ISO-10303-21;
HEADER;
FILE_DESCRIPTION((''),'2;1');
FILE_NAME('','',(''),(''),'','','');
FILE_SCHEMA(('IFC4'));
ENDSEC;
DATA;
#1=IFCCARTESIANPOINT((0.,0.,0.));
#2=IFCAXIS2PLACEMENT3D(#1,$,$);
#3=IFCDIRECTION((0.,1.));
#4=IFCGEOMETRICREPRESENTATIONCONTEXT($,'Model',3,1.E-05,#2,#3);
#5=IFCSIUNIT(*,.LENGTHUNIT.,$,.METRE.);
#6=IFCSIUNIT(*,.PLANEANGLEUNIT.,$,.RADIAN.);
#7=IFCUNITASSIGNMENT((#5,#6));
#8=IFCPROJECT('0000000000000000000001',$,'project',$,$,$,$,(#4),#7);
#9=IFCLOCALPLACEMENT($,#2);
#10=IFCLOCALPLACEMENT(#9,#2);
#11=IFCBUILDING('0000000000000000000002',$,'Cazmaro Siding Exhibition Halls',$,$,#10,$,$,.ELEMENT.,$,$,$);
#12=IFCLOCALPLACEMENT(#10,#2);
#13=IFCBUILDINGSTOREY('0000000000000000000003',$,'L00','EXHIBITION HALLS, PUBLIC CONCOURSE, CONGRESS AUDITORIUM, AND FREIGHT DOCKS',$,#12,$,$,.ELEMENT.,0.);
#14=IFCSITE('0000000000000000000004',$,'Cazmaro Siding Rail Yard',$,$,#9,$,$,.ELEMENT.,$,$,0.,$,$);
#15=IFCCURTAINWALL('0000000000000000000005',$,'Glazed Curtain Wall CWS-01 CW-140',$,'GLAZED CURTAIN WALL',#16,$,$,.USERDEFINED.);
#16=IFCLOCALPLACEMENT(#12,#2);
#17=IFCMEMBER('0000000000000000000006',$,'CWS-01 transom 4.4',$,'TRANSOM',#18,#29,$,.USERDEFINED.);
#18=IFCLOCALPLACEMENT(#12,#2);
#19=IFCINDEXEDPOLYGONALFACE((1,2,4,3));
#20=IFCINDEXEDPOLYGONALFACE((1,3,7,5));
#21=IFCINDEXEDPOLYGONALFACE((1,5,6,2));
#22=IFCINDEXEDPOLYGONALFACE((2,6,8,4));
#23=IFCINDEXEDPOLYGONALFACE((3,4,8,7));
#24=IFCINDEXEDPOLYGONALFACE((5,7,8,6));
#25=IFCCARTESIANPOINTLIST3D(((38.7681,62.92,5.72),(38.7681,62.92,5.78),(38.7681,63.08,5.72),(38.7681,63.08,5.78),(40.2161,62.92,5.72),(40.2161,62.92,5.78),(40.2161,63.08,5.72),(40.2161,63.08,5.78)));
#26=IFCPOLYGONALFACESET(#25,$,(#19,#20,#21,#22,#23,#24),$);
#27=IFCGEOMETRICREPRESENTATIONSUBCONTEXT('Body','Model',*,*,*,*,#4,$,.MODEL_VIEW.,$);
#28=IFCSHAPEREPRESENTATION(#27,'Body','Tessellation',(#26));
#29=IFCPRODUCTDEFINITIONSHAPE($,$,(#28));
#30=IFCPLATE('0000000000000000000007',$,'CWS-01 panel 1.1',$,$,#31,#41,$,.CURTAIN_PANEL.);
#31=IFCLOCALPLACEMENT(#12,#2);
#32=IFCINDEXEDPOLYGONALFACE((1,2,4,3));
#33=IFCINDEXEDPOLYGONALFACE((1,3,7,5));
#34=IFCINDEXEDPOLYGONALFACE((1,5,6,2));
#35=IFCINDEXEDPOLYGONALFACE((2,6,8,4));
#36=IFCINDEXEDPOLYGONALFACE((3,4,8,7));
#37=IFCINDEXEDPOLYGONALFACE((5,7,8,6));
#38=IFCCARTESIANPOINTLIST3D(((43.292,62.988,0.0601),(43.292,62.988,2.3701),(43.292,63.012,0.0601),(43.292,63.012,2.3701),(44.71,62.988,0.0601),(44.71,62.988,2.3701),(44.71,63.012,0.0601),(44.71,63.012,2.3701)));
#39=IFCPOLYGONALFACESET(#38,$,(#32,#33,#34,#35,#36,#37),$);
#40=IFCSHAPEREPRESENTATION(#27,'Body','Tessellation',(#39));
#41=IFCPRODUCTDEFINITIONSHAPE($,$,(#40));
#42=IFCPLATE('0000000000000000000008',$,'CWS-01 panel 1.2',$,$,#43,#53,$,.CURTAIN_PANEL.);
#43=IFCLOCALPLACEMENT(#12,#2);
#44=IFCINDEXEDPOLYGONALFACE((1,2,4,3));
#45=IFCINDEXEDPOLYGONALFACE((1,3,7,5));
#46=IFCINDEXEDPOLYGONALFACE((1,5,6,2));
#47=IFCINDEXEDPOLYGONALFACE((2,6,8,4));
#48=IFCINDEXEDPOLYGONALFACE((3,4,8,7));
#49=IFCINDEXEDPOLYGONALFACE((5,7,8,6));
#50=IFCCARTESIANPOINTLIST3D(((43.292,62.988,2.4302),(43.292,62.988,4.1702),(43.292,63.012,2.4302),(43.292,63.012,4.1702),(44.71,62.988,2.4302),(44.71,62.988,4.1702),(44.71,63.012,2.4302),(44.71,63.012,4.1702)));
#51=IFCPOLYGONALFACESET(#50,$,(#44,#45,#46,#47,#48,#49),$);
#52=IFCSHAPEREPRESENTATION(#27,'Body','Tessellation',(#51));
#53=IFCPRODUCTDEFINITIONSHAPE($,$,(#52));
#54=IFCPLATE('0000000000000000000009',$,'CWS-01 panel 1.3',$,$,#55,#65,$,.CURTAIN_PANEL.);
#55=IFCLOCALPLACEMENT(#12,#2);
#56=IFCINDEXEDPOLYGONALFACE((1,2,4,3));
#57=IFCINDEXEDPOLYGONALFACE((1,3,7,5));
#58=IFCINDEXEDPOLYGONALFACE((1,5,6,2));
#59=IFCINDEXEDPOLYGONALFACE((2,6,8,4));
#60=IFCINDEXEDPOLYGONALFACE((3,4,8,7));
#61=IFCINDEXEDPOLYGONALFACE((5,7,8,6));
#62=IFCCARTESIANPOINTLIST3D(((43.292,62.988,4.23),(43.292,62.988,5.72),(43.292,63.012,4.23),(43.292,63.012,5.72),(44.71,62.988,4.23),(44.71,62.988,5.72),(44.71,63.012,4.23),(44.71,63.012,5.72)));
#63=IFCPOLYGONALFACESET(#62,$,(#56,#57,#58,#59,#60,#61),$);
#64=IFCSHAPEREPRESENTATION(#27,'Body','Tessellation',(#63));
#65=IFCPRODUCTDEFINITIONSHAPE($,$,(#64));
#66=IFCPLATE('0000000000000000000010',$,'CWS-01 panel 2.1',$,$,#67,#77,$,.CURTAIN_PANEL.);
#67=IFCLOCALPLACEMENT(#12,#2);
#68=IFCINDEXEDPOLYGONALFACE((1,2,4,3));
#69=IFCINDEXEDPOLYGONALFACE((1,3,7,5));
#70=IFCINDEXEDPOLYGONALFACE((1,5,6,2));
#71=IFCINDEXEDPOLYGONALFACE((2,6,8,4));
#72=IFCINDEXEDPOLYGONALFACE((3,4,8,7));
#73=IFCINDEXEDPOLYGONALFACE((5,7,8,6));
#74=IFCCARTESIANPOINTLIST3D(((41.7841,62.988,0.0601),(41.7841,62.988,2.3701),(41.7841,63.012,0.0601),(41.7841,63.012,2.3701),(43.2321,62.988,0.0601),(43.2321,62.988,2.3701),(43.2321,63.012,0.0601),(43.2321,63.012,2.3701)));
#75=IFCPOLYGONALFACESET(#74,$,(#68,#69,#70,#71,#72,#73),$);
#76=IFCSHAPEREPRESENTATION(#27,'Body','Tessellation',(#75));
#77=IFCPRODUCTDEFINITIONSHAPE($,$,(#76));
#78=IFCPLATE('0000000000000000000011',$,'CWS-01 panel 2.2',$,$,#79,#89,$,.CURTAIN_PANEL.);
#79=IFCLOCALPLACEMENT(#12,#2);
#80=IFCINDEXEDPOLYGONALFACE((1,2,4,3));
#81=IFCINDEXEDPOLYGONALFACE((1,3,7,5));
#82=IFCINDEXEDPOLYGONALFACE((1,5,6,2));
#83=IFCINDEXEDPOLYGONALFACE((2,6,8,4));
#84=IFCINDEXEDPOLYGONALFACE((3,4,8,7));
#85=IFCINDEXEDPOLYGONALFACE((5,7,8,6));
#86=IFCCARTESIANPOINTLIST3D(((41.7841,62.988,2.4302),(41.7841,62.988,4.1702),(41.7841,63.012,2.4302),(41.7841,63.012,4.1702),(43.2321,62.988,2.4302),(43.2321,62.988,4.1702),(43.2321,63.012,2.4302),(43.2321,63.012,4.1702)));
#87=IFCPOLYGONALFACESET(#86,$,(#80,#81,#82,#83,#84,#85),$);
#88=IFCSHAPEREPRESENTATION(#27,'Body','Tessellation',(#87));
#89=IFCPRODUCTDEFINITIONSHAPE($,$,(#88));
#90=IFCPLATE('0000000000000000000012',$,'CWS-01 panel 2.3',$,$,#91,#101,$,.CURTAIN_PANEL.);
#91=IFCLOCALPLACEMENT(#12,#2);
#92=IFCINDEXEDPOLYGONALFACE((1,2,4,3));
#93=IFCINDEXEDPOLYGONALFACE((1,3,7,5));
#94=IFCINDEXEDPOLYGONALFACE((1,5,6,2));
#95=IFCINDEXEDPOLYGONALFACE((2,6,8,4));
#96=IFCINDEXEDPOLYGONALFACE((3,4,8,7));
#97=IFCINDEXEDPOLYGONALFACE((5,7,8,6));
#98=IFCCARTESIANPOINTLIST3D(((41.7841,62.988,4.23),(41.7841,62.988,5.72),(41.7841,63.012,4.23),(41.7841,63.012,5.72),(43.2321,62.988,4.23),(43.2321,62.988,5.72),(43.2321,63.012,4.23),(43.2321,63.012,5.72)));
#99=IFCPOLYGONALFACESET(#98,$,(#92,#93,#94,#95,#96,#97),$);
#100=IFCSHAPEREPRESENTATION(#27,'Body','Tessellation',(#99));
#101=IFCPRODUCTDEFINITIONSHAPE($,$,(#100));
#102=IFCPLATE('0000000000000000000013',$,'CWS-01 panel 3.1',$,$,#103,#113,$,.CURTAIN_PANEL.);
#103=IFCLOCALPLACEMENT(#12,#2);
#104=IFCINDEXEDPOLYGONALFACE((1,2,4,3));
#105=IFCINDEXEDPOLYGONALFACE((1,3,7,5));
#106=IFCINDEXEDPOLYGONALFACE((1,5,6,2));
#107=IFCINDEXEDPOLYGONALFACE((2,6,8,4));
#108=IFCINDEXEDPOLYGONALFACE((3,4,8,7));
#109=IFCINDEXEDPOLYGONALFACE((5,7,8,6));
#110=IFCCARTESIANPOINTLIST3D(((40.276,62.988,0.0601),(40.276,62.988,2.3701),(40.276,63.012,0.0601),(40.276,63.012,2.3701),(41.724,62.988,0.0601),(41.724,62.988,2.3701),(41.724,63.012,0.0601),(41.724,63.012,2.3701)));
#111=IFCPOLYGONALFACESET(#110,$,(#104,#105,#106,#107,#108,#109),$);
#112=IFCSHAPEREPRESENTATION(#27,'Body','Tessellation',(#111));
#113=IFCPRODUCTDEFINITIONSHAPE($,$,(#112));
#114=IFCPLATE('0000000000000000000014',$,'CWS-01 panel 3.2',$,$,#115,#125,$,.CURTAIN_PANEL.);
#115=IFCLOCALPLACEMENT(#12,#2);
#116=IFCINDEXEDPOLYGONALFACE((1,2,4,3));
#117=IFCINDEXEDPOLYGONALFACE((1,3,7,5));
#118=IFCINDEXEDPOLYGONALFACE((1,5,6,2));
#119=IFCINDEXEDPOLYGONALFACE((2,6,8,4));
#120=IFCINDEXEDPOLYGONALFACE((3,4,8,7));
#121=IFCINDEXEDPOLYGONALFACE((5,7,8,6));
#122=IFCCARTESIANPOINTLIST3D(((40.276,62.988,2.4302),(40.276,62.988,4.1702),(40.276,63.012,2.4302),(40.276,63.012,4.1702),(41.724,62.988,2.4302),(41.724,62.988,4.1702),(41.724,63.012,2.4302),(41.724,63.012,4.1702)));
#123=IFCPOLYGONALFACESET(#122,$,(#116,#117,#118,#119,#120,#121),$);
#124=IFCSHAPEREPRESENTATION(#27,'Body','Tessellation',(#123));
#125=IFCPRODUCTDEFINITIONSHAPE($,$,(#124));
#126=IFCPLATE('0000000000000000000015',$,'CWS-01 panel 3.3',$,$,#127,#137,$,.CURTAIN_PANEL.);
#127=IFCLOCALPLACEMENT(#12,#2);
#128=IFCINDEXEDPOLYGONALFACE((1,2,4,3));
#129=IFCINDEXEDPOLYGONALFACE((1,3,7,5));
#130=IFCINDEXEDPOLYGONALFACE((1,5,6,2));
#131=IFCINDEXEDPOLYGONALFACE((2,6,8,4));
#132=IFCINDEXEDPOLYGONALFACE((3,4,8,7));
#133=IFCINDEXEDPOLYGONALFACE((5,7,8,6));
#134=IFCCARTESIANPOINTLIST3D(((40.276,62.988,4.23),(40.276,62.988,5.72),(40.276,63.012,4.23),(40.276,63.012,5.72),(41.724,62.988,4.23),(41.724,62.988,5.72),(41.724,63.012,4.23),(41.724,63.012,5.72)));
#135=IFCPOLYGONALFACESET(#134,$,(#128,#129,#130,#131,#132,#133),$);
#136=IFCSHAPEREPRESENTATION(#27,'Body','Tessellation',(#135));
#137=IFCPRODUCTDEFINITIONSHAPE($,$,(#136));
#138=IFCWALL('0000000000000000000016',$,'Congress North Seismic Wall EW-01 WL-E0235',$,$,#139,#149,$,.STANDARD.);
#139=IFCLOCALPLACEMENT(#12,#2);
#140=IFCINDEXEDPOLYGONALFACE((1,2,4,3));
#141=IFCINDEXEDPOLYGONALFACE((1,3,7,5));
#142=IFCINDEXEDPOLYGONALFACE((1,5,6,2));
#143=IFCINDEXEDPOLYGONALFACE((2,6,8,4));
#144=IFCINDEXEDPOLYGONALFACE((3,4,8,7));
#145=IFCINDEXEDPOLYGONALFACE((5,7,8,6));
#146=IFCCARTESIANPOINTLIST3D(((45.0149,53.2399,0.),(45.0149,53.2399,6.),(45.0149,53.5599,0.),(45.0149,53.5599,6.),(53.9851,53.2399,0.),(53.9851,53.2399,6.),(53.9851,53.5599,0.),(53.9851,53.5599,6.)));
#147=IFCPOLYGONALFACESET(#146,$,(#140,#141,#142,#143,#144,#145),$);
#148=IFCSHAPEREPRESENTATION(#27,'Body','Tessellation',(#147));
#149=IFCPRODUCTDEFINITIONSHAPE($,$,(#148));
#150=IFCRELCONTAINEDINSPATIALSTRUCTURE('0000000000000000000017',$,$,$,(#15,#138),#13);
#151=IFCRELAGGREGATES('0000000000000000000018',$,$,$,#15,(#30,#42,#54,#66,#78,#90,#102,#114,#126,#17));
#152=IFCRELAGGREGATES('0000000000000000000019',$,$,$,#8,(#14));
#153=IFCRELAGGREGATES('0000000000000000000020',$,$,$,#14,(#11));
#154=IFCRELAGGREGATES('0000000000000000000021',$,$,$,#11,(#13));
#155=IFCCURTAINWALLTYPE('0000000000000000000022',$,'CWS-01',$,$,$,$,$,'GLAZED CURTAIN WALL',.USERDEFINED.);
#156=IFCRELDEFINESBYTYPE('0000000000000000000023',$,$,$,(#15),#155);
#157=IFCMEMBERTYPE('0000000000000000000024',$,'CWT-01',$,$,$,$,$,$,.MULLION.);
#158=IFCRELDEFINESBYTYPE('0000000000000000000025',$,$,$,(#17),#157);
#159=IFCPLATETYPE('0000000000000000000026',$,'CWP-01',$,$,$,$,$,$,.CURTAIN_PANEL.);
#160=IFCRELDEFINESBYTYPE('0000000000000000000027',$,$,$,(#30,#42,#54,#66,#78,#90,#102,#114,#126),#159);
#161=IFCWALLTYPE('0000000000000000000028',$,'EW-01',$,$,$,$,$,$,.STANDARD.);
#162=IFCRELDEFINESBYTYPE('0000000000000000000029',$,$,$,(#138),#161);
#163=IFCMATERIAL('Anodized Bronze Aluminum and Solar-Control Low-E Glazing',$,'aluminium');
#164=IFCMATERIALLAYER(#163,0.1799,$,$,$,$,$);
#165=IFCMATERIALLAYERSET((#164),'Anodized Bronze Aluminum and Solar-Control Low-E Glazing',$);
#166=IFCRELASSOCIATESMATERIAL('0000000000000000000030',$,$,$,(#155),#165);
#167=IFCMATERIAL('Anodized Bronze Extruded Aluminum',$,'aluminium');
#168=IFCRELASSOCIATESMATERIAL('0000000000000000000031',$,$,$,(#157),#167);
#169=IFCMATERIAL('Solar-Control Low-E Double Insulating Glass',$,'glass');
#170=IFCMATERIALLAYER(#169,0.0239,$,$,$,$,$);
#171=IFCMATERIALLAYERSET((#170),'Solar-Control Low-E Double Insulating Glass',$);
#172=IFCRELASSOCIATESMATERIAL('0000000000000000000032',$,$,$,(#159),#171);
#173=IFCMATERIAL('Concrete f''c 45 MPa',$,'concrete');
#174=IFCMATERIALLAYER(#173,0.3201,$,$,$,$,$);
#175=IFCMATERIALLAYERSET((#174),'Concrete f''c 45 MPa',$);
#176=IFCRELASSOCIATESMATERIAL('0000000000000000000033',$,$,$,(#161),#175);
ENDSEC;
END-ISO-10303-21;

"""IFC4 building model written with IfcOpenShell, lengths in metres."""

from ifc_helpers import new_model, si_unit, direction, frame, frame_2d, origin, origin_2d, place, context, subcontext, project, spatial, rectangle, extrude, material, layer, layer_set, material_profile, profile_set, type_object, element, aggregate, save


model = new_model("IFC4")

# Units and contexts
model_context = context("Model", 3, precision=1e-05, world=origin(), true_north=direction((0.0, 1.0)))
body_context = subcontext(model_context, "Body", "Model", "MODEL_VIEW")
ifc_project = project(units=[si_unit("LENGTHUNIT", "METRE"), si_unit("PLANEANGLEUNIT", "RADIAN")], contexts=[model_context])

# Site, building, storey
site_placement = place(None, origin())
site = spatial("IfcSite", under=ifc_project, at=site_placement, Name="Cazmaro Siding Rail Yard", CompositionType="ELEMENT", RefElevation=0.0)
building_placement = place(site_placement, origin())
building = spatial("IfcBuilding", under=site, at=building_placement, Name="Cazmaro Siding Exhibition Halls", CompositionType="ELEMENT")
storey_placement = place(building_placement, origin())
storey = spatial("IfcBuildingStorey", under=building, at=storey_placement, Name="L00", Description="EXHIBITION HALLS, PUBLIC CONCOURSE, CONGRESS AUDITORIUM, AND FREIGHT DOCKS", CompositionType="ELEMENT", Elevation=0.0)

# Curtain wall, member, plates
ifc_material_1 = material(Name="Anodized Bronze Aluminum and Solar-Control Low-E Glazing", Category="aluminium")
ifc_layer_1 = layer(ifc_material_1, 0.1799)
ifc_layer_set_1 = layer_set([ifc_layer_1], Name="Anodized Bronze Aluminum and Solar-Control Low-E Glazing")
curtain_wall_type = type_object("IfcCurtainWallType", Name="CWS-01", ElementType="GLAZED CURTAIN WALL", PredefinedType="USERDEFINED", material=ifc_layer_set_1)
curtain_wall_placement = place(storey_placement, origin())
curtain_wall = element("IfcCurtainWall", 1, at=curtain_wall_placement, inside=storey, type_object=curtain_wall_type, Name="Glazed Curtain Wall CWS-01 CW-140", ObjectType="GLAZED CURTAIN WALL", PredefinedType="USERDEFINED")
ifc_material_2 = material(Name="Anodized Bronze Extruded Aluminum", Category="aluminium")
ifc_material_profile_1 = material_profile(ifc_material_2, rectangle(XDim=0.1599, YDim=0.0601, at=origin_2d()), Name="CWT-01")
ifc_profile_set_1 = profile_set([ifc_material_profile_1], Name="Anodized Bronze Extruded Aluminum")
member_type_1 = type_object("IfcMemberType", Name="CWT-01", PredefinedType="MULLION", material=ifc_profile_set_1)
member_1_placement = place(storey_placement, frame((40.2161, 63.0, 5.75), z_axis=(-1.0, 0.0, 0.0), x_axis=(0.0, -1.0, 0.0)))
member_1 = element("IfcMember", 2, at=member_1_placement, type_object=member_type_1, Name="CWS-01 transom 4.4", ObjectType="TRANSOM", PredefinedType="USERDEFINED", context=body_context, shape_type="SweptSolid", body=[
    extrude(rectangle(XDim=0.1599, YDim=0.0601, at=origin_2d()), origin(), (0.0, 0.0, 1.0), 1.448),
])
ifc_material_3 = material(Name="Solar-Control Low-E Double Insulating Glass", Category="glass")
ifc_layer_2 = layer(ifc_material_3, 0.0239)
ifc_layer_set_2 = layer_set([ifc_layer_2], Name="Solar-Control Low-E Double Insulating Glass")
plate_type = type_object("IfcPlateType", Name="CWP-01", PredefinedType="CURTAIN_PANEL", material=ifc_layer_set_2)
plate_1_placement = place(storey_placement, frame((44.001, 63.0, 0.0601), z_axis=(0.0, 0.0, 1.0), x_axis=(-1.0, 0.0, 0.0)))
plate_1 = element("IfcPlate", 3, at=plate_1_placement, type_object=plate_type, Name="CWS-01 panel 1.1", PredefinedType="CURTAIN_PANEL", context=body_context, shape_type="SweptSolid", body=[
    extrude(rectangle(XDim=1.418, YDim=0.0239, at=origin_2d()), origin(), (0.0, 0.0, 1.0), 2.3101),
])
plate_2_placement = place(storey_placement, frame((44.001, 63.0, 2.4302), z_axis=(0.0, 0.0, 1.0), x_axis=(-1.0, 0.0, 0.0)))
plate_2 = element("IfcPlate", 4, at=plate_2_placement, type_object=plate_type, Name="CWS-01 panel 1.2", PredefinedType="CURTAIN_PANEL", context=body_context, shape_type="SweptSolid", body=[
    extrude(rectangle(XDim=1.418, YDim=0.0239, at=origin_2d()), origin(), (0.0, 0.0, 1.0), 1.74),
])
plate_3_placement = place(storey_placement, frame((44.001, 63.0, 4.23), z_axis=(0.0, 0.0, 1.0), x_axis=(-1.0, 0.0, 0.0)))
plate_3 = element("IfcPlate", 5, at=plate_3_placement, type_object=plate_type, Name="CWS-01 panel 1.3", PredefinedType="CURTAIN_PANEL", context=body_context, shape_type="SweptSolid", body=[
    extrude(rectangle(XDim=1.418, YDim=0.0239, at=origin_2d()), origin(), (0.0, 0.0, 1.0), 1.49),
])
plate_4_placement = place(storey_placement, frame((42.5081, 63.0, 0.0601), z_axis=(0.0, 0.0, 1.0), x_axis=(-1.0, 0.0, 0.0)))
plate_4 = element("IfcPlate", 6, at=plate_4_placement, type_object=plate_type, Name="CWS-01 panel 2.1", PredefinedType="CURTAIN_PANEL", context=body_context, shape_type="SweptSolid", body=[
    extrude(rectangle(XDim=1.448, YDim=0.0239, at=origin_2d()), origin(), (0.0, 0.0, 1.0), 2.3101),
])
plate_5_placement = place(storey_placement, frame((42.5081, 63.0, 2.4302), z_axis=(0.0, 0.0, 1.0), x_axis=(-1.0, 0.0, 0.0)))
plate_5 = element("IfcPlate", 7, at=plate_5_placement, type_object=plate_type, Name="CWS-01 panel 2.2", PredefinedType="CURTAIN_PANEL", context=body_context, shape_type="SweptSolid", body=[
    extrude(rectangle(XDim=1.448, YDim=0.0239, at=origin_2d()), origin(), (0.0, 0.0, 1.0), 1.74),
])
plate_6_placement = place(storey_placement, frame((42.5081, 63.0, 4.23), z_axis=(0.0, 0.0, 1.0), x_axis=(-1.0, 0.0, 0.0)))
plate_6 = element("IfcPlate", 8, at=plate_6_placement, type_object=plate_type, Name="CWS-01 panel 2.3", PredefinedType="CURTAIN_PANEL", context=body_context, shape_type="SweptSolid", body=[
    extrude(rectangle(XDim=1.448, YDim=0.0239, at=origin_2d()), origin(), (0.0, 0.0, 1.0), 1.49),
])
plate_7_placement = place(storey_placement, frame((41.0, 63.0, 0.0601), z_axis=(0.0, 0.0, 1.0), x_axis=(-1.0, 0.0, 0.0)))
plate_7 = element("IfcPlate", 9, at=plate_7_placement, type_object=plate_type, Name="CWS-01 panel 3.1", PredefinedType="CURTAIN_PANEL", context=body_context, shape_type="SweptSolid", body=[
    extrude(rectangle(XDim=1.448, YDim=0.0239, at=origin_2d()), origin(), (0.0, 0.0, 1.0), 2.3101),
])
plate_8_placement = place(storey_placement, frame((41.0, 63.0, 2.4302), z_axis=(0.0, 0.0, 1.0), x_axis=(-1.0, 0.0, 0.0)))
plate_8 = element("IfcPlate", 10, at=plate_8_placement, type_object=plate_type, Name="CWS-01 panel 3.2", PredefinedType="CURTAIN_PANEL", context=body_context, shape_type="SweptSolid", body=[
    extrude(rectangle(XDim=1.448, YDim=0.0239, at=origin_2d()), origin(), (0.0, 0.0, 1.0), 1.74),
])
plate_9_placement = place(storey_placement, frame((41.0, 63.0, 4.23), z_axis=(0.0, 0.0, 1.0), x_axis=(-1.0, 0.0, 0.0)))
plate_9 = element("IfcPlate", 11, at=plate_9_placement, type_object=plate_type, Name="CWS-01 panel 3.3", PredefinedType="CURTAIN_PANEL", context=body_context, shape_type="SweptSolid", body=[
    extrude(rectangle(XDim=1.448, YDim=0.0239, at=origin_2d()), origin(), (0.0, 0.0, 1.0), 1.49),
])
aggregate(curtain_wall, [plate_1, plate_2, plate_3, plate_4, plate_5, plate_6, plate_7, plate_8, plate_9, member_1])

# Shared definitions
ifc_material_4 = material(Name="Concrete f'c 45 MPa", Category="concrete")
ifc_layer_3 = layer(ifc_material_4, 0.3201)
ifc_layer_set_3 = layer_set([ifc_layer_3], Name="Concrete f'c 45 MPa")
wall_type = type_object("IfcWallType", Name="EW-01", PredefinedType="STANDARD", material=ifc_layer_set_3)

# Wall
wall_1_placement = place(storey_placement, frame((45.0149, 53.3999, 0.0), z_axis=(0.0, 0.0, 1.0), x_axis=(1.0, 0.0, 0.0)))
element("IfcWall", 12, at=wall_1_placement, inside=storey, type_object=wall_type, Name="Congress North Seismic Wall EW-01 WL-E0235", PredefinedType="STANDARD", context=body_context, shape_type="SweptSolid", body=[
    extrude(rectangle(XDim=8.9702, YDim=0.3201, at=frame_2d((4.4851, 0.0))), origin(), (0.0, 0.0, 1.0), 6.0),
])

save(model, "model.ifc")
